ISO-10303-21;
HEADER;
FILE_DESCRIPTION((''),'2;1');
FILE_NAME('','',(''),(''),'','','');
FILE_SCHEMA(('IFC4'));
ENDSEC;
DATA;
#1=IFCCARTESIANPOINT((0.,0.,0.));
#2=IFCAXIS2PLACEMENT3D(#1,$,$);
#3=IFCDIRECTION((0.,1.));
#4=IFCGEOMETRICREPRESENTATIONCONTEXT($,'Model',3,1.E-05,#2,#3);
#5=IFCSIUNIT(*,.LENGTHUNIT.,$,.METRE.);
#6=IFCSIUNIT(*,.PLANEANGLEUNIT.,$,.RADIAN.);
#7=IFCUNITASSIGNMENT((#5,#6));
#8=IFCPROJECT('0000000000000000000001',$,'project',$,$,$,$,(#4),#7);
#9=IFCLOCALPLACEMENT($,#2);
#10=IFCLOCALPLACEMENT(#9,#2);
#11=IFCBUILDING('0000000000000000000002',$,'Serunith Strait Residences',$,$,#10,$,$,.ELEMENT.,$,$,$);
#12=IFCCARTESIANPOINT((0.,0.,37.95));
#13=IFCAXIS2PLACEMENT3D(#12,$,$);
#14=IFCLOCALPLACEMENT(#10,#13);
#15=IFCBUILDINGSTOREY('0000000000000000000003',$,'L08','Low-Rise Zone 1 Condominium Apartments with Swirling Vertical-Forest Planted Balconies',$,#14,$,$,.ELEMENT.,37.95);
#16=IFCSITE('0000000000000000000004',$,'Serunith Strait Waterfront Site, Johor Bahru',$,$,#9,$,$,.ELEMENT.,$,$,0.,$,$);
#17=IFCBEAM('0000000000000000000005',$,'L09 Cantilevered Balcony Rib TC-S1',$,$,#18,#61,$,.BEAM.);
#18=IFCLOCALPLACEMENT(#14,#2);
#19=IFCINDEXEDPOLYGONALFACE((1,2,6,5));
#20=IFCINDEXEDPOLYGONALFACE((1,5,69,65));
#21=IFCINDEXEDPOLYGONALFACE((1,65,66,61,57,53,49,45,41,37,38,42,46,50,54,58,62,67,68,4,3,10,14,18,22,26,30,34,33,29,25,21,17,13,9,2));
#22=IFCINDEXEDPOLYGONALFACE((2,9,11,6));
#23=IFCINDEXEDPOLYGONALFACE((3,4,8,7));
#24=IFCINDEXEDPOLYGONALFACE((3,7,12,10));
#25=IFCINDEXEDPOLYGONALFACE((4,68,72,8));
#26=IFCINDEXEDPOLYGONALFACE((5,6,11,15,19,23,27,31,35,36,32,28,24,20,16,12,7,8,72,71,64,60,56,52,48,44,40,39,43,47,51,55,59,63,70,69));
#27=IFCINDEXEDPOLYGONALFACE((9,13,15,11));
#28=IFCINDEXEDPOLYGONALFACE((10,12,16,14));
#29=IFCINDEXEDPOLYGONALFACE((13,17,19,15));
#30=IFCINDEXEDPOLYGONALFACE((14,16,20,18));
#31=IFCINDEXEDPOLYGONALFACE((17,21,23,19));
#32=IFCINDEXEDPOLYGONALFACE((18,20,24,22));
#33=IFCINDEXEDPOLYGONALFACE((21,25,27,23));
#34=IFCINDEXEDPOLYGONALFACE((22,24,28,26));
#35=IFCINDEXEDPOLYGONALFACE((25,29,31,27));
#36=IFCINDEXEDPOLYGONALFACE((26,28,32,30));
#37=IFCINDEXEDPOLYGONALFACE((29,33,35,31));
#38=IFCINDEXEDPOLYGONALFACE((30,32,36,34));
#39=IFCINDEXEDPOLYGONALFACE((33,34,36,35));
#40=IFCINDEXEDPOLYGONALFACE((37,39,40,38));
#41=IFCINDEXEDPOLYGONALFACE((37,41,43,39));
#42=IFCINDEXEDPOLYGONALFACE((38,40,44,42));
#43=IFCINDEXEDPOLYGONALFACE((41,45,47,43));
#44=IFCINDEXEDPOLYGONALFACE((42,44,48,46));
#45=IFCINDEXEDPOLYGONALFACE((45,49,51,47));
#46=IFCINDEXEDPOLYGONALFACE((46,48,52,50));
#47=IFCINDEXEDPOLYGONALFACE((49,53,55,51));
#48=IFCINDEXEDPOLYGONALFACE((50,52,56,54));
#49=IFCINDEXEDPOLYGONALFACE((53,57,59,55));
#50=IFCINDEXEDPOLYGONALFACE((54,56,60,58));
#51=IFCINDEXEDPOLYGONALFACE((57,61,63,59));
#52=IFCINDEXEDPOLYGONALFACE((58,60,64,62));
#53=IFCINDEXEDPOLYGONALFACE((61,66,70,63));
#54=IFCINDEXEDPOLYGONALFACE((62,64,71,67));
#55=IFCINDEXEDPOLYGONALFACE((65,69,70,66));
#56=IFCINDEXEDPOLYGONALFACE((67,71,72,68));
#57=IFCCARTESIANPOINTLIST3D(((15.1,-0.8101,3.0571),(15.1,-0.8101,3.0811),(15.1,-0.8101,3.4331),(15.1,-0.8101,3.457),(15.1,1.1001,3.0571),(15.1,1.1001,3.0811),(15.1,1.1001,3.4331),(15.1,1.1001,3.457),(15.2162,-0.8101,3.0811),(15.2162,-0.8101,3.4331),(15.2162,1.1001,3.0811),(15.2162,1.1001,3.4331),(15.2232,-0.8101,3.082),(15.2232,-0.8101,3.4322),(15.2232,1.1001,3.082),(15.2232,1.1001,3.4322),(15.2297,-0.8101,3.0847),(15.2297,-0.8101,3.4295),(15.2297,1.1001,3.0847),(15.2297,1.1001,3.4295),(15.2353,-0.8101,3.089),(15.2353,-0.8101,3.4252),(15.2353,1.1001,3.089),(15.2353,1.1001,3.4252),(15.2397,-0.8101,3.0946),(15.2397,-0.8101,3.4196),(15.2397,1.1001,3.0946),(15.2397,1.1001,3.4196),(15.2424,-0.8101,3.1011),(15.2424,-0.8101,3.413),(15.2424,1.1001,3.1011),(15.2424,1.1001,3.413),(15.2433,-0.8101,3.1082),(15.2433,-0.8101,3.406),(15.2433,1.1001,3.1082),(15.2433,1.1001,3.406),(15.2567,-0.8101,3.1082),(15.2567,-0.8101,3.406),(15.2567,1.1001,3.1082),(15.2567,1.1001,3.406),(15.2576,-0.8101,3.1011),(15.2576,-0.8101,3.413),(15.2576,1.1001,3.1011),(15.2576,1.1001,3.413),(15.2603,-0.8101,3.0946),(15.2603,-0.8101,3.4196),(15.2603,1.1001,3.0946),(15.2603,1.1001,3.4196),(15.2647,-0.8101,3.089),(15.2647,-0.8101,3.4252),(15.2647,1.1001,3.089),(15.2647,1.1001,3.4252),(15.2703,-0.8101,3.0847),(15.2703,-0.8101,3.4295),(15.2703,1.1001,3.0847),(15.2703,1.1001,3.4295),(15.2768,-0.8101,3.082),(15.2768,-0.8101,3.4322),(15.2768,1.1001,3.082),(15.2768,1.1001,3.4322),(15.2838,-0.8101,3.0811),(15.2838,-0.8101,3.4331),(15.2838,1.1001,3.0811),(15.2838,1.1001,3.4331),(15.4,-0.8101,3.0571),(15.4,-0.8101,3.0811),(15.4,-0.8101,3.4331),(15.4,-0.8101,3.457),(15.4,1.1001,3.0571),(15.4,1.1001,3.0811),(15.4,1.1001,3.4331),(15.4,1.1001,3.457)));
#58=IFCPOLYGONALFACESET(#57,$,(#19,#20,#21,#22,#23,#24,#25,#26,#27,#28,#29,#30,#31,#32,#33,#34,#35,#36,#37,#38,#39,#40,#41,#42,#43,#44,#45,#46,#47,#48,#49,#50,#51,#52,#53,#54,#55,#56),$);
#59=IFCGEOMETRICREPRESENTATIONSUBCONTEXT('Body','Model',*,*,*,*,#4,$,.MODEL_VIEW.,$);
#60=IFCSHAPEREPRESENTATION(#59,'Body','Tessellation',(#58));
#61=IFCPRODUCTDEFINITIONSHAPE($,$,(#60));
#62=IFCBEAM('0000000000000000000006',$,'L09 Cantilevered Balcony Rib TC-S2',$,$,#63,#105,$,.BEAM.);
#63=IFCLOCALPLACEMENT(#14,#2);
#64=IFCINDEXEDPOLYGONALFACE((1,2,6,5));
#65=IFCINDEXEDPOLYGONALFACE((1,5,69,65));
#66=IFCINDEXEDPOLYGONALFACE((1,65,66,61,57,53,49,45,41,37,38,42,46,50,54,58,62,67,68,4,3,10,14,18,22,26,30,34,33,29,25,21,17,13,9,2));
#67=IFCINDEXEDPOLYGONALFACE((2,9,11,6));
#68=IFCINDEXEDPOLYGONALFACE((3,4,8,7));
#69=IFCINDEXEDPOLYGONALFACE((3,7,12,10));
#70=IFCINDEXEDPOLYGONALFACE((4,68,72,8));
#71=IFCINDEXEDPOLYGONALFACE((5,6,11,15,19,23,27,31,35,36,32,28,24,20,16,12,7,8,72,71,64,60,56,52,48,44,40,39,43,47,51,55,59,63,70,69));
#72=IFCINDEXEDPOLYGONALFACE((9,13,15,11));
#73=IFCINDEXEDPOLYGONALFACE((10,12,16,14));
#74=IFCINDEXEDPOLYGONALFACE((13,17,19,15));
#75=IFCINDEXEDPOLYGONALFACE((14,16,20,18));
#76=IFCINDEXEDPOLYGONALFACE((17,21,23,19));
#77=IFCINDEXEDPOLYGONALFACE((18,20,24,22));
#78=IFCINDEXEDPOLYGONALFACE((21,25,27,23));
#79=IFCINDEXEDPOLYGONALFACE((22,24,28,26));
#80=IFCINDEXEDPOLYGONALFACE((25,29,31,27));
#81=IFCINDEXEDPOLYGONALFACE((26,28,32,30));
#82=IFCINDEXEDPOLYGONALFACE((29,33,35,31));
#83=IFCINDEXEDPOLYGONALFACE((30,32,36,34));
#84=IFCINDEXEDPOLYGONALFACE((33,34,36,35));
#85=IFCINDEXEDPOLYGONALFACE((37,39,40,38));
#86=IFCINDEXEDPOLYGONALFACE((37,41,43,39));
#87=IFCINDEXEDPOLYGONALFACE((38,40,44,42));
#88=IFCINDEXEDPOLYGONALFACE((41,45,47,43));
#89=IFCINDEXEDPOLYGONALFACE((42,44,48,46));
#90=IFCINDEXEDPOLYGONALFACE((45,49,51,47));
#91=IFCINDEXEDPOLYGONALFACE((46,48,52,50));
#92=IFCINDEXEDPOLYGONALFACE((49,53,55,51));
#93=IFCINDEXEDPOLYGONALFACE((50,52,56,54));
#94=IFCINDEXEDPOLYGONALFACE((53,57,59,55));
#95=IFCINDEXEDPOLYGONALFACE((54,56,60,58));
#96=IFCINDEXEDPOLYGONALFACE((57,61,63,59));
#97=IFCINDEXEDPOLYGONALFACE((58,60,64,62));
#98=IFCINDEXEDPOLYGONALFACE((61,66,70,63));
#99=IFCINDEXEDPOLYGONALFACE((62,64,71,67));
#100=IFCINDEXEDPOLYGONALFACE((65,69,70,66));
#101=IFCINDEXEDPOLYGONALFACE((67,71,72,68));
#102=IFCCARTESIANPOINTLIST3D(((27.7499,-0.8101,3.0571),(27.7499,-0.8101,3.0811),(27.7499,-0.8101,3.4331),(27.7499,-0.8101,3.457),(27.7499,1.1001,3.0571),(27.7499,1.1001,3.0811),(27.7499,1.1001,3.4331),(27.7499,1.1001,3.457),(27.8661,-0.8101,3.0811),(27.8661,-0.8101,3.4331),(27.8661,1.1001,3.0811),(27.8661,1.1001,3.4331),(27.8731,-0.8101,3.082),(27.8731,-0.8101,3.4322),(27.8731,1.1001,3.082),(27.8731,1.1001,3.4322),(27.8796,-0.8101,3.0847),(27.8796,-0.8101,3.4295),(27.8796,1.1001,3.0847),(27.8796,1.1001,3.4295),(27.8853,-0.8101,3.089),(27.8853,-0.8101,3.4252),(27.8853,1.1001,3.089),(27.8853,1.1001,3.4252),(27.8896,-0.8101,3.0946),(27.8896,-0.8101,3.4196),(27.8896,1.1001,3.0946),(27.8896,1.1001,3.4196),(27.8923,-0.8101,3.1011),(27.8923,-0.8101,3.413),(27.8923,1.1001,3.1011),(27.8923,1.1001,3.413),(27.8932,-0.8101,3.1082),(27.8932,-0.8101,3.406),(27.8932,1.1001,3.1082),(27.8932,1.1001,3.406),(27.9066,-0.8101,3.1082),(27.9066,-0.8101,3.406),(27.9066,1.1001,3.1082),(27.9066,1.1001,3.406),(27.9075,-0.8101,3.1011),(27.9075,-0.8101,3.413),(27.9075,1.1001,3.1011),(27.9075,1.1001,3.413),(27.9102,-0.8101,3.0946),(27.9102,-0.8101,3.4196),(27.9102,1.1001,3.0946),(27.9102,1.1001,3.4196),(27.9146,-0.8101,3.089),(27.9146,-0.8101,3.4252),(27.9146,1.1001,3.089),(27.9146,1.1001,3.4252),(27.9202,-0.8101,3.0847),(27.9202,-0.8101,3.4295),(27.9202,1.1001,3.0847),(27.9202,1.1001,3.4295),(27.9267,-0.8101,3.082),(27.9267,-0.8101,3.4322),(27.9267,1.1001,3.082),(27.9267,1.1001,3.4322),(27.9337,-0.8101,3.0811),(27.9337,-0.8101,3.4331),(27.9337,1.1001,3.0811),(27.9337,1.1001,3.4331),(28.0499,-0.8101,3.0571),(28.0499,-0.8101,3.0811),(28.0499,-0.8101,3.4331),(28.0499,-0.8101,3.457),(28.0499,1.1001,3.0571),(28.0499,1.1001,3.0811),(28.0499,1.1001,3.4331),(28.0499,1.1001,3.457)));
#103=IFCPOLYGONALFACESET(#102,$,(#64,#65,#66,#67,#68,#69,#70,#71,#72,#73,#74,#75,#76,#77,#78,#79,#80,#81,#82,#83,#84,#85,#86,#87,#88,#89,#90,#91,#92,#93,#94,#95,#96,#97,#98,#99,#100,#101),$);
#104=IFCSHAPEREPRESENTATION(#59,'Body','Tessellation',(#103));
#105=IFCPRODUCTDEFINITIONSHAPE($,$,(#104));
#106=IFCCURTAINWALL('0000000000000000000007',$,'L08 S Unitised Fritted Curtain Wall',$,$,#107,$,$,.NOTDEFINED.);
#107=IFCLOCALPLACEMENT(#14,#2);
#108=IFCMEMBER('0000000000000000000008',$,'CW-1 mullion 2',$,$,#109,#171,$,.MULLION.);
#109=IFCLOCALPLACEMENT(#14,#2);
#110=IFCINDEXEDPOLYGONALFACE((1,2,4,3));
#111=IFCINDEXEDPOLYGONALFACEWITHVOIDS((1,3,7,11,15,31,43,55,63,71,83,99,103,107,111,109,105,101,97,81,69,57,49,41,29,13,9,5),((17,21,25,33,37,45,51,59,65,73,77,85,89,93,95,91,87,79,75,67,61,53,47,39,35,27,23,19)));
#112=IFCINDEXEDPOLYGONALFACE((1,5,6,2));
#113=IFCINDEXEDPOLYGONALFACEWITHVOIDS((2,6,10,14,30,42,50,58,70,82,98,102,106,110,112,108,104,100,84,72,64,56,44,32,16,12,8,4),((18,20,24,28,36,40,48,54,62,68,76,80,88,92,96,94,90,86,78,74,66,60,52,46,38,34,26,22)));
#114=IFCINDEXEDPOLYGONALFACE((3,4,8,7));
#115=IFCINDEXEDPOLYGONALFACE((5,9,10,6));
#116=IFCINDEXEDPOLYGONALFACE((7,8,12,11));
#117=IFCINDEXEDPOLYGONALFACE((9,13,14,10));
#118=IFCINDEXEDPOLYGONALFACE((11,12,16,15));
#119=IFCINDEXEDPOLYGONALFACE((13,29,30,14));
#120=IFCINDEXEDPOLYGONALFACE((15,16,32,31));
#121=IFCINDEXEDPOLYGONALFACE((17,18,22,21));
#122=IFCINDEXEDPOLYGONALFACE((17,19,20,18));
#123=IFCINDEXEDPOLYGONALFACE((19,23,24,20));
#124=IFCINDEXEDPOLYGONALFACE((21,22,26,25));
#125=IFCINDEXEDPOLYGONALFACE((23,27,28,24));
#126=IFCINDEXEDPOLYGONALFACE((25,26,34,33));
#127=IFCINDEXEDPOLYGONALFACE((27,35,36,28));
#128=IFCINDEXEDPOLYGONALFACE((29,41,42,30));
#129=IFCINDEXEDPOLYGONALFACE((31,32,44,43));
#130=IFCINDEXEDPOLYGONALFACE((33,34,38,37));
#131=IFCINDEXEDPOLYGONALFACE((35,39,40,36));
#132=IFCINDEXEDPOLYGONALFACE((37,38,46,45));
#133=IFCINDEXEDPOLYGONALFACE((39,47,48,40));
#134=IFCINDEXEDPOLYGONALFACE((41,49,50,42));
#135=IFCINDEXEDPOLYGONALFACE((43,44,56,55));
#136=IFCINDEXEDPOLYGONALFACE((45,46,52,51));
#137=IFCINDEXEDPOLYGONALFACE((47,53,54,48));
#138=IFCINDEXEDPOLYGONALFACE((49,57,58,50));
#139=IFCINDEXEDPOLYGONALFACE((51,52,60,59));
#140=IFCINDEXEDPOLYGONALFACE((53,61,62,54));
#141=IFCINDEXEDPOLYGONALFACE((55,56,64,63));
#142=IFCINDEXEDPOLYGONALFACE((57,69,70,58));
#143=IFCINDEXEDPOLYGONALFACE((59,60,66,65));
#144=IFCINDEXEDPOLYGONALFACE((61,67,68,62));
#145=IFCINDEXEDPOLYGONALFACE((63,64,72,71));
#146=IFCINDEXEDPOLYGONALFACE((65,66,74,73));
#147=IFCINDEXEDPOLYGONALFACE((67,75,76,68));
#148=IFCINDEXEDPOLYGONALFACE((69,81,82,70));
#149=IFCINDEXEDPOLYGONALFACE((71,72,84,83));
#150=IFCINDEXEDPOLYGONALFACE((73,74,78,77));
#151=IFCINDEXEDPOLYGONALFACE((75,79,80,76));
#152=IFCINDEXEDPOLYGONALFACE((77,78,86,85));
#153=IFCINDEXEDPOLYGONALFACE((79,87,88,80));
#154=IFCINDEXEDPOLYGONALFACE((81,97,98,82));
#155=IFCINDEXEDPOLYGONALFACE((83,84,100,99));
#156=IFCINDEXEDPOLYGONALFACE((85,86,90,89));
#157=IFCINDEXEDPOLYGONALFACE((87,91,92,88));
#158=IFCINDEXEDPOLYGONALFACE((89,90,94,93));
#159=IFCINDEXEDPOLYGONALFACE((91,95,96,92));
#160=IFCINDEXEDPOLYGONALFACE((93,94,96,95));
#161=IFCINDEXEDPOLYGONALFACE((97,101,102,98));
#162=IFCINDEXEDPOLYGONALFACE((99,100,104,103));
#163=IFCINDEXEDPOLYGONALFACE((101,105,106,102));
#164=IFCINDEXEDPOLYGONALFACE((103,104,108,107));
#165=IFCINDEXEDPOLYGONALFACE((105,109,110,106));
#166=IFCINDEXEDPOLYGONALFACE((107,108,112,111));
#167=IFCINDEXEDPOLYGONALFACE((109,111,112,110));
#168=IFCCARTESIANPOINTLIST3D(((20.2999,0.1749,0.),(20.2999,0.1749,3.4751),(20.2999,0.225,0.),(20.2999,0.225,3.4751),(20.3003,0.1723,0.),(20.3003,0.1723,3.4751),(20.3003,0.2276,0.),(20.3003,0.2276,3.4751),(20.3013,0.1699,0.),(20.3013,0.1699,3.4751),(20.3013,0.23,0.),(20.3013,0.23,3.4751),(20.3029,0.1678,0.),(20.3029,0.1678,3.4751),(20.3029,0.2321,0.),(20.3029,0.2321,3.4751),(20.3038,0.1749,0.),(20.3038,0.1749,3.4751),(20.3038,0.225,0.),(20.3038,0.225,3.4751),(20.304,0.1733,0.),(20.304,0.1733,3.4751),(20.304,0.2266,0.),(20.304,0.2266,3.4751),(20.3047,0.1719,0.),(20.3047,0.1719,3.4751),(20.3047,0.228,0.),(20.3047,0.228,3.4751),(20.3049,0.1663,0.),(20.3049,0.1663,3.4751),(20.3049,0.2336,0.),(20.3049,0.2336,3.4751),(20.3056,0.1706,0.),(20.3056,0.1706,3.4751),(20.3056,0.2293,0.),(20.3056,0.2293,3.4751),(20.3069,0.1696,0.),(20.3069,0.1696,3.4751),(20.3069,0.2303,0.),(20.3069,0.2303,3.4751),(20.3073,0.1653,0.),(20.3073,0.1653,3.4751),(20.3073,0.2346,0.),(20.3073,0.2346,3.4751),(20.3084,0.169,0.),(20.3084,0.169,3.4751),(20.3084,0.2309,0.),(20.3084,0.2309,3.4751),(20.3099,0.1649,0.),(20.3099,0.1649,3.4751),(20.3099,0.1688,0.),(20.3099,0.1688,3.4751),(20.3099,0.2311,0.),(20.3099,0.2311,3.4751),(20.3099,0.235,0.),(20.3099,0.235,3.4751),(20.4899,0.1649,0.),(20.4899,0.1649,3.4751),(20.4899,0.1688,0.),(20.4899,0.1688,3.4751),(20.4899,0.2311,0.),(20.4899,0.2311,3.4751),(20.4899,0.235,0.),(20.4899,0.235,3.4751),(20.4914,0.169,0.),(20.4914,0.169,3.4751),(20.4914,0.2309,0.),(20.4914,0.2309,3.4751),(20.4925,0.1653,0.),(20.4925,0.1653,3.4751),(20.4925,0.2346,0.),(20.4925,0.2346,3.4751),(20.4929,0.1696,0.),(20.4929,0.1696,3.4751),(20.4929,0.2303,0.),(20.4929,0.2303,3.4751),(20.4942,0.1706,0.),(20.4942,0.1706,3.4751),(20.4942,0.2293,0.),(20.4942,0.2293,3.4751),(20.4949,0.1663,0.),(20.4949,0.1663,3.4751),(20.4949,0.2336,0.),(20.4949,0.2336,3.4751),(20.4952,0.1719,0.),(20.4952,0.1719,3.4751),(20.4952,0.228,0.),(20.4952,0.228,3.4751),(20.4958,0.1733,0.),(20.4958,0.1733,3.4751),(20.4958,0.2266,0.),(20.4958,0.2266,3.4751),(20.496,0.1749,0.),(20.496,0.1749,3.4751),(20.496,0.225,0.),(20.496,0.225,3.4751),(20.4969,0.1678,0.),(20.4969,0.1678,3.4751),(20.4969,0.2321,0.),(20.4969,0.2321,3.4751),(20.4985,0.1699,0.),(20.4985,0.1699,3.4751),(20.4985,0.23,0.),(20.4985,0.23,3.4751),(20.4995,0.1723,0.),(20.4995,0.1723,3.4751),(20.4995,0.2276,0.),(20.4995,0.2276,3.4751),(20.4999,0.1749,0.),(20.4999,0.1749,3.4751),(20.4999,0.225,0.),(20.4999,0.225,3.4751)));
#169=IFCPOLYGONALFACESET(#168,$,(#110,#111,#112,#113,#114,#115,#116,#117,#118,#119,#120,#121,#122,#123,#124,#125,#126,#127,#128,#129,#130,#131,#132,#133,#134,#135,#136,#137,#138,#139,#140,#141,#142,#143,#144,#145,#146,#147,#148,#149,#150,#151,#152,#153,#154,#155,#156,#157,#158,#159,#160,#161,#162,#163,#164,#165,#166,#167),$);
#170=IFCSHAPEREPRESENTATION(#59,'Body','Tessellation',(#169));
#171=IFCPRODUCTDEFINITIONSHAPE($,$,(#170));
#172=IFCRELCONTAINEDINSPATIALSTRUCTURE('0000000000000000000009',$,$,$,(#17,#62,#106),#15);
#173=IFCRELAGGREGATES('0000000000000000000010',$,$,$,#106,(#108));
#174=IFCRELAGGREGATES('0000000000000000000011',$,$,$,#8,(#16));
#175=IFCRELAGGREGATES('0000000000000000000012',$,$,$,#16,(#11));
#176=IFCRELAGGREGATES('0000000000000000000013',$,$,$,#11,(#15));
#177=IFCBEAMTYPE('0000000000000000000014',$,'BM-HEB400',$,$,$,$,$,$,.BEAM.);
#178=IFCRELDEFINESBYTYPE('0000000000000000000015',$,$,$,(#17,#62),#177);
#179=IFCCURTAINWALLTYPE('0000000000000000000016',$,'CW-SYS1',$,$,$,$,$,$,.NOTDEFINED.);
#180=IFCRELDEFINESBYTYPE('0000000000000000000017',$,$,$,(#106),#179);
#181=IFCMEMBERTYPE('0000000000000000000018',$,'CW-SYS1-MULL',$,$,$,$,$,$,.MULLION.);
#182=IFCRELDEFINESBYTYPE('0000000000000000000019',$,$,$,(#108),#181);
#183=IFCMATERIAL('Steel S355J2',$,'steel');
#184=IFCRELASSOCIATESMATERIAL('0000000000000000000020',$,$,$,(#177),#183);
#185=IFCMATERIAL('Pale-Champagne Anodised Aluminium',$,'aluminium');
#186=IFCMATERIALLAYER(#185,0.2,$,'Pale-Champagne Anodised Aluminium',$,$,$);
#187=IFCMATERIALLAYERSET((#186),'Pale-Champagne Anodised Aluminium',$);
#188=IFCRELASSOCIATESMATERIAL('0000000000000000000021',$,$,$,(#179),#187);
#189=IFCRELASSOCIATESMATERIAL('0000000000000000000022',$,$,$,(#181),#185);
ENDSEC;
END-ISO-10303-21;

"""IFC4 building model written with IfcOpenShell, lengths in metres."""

from ifc_helpers import new_model, si_unit, direction, frame, origin, origin_2d, place, context, subcontext, project, spatial, hollow_rectangle, i_section, extrude, source, transform, mapped, material, layer, layer_set, material_profile, profile_set, type_object, element, aggregate, save


model = new_model("IFC4")

# Units and contexts
model_context = context("Model", 3, precision=1e-05, world=origin(), true_north=direction((0.0, 1.0)))
body_context = subcontext(model_context, "Body", "Model", "MODEL_VIEW")
ifc_project = project(units=[si_unit("LENGTHUNIT", "METRE"), si_unit("PLANEANGLEUNIT", "RADIAN")], contexts=[model_context])

# Site, building, storey
site_placement = place(None, origin())
site = spatial("IfcSite", under=ifc_project, at=site_placement, Name="Serunith Strait Waterfront Site, Johor Bahru", CompositionType="ELEMENT", RefElevation=0.0)
building_placement = place(site_placement, origin())
building = spatial("IfcBuilding", under=site, at=building_placement, Name="Serunith Strait Residences", CompositionType="ELEMENT")
storey_placement = place(building_placement, frame((0.0, 0.0, 37.95)))
storey = spatial("IfcBuildingStorey", under=building, at=storey_placement, Name="L08", Description="Low-Rise Zone 1 Condominium Apartments with Swirling Vertical-Forest Planted Balconies", CompositionType="ELEMENT", Elevation=37.95)

# Beams
ifc_material_1 = material(Name="Steel S355J2", Category="steel")
ifc_material_profile_1 = material_profile(ifc_material_1, i_section(OverallWidth=0.3, OverallDepth=0.3999, WebThickness=0.0134, FlangeThickness=0.0239, FilletRadius=0.0271, at=origin_2d()), Name="HEB 400")
ifc_profile_set_1 = profile_set([ifc_material_profile_1], Name="Steel S355J2")
beam_type_1 = type_object("IfcBeamType", Name="BM-HEB400", PredefinedType="BEAM", material=ifc_profile_set_1)
shared_shape_1 = source(origin(), body_context, "Body", "SweptSolid", [
    extrude(i_section(OverallWidth=0.3, OverallDepth=0.3999, WebThickness=0.0134, FlangeThickness=0.0239, FilletRadius=0.0271, at=origin_2d()), origin(), (0.0, 0.0, 1.0), 1.9102),
])
for number, where, z_axis, x_axis, name in (
    (1, (15.25, 1.1001, 3.2571), (0.0, -1.0, 0.0), (1.0, 0.0, 0.0), "L09 Cantilevered Balcony Rib TC-S1"),
    (2, (27.8999, 1.1001, 3.2571), (0.0, -1.0, 0.0), (1.0, 0.0, 0.0), "L09 Cantilevered Balcony Rib TC-S2"),
):
    element("IfcBeam", number, at=place(storey_placement, frame(where, z_axis=z_axis, x_axis=x_axis)), inside=storey, type_object=beam_type_1, Name=name, PredefinedType="BEAM", context=body_context, shape_type="MappedRepresentation", body=[
        mapped(shared_shape_1, transform((0.0, 0.0, 0.0), scale=1.0)),
    ])

# Curtain wall, member
ifc_material_2 = material(Name="Pale-Champagne Anodised Aluminium", Category="aluminium")
ifc_layer_1 = layer(ifc_material_2, 0.2, Name="Pale-Champagne Anodised Aluminium")
ifc_layer_set_1 = layer_set([ifc_layer_1], Name="Pale-Champagne Anodised Aluminium")
curtain_wall_type = type_object("IfcCurtainWallType", Name="CW-SYS1", PredefinedType="NOTDEFINED", material=ifc_layer_set_1)
curtain_wall_placement = place(storey_placement, origin())
curtain_wall = element("IfcCurtainWall", 3, at=curtain_wall_placement, inside=storey, type_object=curtain_wall_type, Name="L08 S Unitised Fritted Curtain Wall", PredefinedType="NOTDEFINED")
ifc_material_profile_2 = material_profile(ifc_material_2, hollow_rectangle(XDim=0.0701, YDim=0.2, WallThickness=0.0039, InnerFilletRadius=0.0061, OuterFilletRadius=0.01, at=origin_2d()), Name="ALU 200x70x4")
ifc_profile_set_2 = profile_set([ifc_material_profile_2], Name="Pale-Champagne Anodised Aluminium")
member_type_1 = type_object("IfcMemberType", Name="CW-SYS1-MULL", PredefinedType="MULLION", material=ifc_profile_set_2)
shared_shape_2 = source(origin(), body_context, "Body", "SweptSolid", [
    extrude(hollow_rectangle(XDim=0.0701, YDim=0.2, WallThickness=0.0039, InnerFilletRadius=0.0061, OuterFilletRadius=0.01, at=origin_2d()), origin(), (0.0, 0.0, 1.0), 3.4751),
])
member_1_placement = place(storey_placement, frame((20.3999, 0.2, 0.0), z_axis=(0.0, 0.0, 1.0), x_axis=(0.0, 1.0, 0.0)))
member_1 = element("IfcMember", 4, at=member_1_placement, type_object=member_type_1, Name="CW-1 mullion 2", PredefinedType="MULLION", context=body_context, shape_type="MappedRepresentation", body=[
    mapped(shared_shape_2, transform((0.0, 0.0, 0.0), scale=1.0)),
])
aggregate(curtain_wall, [member_1])

save(model, "model.ifc")
